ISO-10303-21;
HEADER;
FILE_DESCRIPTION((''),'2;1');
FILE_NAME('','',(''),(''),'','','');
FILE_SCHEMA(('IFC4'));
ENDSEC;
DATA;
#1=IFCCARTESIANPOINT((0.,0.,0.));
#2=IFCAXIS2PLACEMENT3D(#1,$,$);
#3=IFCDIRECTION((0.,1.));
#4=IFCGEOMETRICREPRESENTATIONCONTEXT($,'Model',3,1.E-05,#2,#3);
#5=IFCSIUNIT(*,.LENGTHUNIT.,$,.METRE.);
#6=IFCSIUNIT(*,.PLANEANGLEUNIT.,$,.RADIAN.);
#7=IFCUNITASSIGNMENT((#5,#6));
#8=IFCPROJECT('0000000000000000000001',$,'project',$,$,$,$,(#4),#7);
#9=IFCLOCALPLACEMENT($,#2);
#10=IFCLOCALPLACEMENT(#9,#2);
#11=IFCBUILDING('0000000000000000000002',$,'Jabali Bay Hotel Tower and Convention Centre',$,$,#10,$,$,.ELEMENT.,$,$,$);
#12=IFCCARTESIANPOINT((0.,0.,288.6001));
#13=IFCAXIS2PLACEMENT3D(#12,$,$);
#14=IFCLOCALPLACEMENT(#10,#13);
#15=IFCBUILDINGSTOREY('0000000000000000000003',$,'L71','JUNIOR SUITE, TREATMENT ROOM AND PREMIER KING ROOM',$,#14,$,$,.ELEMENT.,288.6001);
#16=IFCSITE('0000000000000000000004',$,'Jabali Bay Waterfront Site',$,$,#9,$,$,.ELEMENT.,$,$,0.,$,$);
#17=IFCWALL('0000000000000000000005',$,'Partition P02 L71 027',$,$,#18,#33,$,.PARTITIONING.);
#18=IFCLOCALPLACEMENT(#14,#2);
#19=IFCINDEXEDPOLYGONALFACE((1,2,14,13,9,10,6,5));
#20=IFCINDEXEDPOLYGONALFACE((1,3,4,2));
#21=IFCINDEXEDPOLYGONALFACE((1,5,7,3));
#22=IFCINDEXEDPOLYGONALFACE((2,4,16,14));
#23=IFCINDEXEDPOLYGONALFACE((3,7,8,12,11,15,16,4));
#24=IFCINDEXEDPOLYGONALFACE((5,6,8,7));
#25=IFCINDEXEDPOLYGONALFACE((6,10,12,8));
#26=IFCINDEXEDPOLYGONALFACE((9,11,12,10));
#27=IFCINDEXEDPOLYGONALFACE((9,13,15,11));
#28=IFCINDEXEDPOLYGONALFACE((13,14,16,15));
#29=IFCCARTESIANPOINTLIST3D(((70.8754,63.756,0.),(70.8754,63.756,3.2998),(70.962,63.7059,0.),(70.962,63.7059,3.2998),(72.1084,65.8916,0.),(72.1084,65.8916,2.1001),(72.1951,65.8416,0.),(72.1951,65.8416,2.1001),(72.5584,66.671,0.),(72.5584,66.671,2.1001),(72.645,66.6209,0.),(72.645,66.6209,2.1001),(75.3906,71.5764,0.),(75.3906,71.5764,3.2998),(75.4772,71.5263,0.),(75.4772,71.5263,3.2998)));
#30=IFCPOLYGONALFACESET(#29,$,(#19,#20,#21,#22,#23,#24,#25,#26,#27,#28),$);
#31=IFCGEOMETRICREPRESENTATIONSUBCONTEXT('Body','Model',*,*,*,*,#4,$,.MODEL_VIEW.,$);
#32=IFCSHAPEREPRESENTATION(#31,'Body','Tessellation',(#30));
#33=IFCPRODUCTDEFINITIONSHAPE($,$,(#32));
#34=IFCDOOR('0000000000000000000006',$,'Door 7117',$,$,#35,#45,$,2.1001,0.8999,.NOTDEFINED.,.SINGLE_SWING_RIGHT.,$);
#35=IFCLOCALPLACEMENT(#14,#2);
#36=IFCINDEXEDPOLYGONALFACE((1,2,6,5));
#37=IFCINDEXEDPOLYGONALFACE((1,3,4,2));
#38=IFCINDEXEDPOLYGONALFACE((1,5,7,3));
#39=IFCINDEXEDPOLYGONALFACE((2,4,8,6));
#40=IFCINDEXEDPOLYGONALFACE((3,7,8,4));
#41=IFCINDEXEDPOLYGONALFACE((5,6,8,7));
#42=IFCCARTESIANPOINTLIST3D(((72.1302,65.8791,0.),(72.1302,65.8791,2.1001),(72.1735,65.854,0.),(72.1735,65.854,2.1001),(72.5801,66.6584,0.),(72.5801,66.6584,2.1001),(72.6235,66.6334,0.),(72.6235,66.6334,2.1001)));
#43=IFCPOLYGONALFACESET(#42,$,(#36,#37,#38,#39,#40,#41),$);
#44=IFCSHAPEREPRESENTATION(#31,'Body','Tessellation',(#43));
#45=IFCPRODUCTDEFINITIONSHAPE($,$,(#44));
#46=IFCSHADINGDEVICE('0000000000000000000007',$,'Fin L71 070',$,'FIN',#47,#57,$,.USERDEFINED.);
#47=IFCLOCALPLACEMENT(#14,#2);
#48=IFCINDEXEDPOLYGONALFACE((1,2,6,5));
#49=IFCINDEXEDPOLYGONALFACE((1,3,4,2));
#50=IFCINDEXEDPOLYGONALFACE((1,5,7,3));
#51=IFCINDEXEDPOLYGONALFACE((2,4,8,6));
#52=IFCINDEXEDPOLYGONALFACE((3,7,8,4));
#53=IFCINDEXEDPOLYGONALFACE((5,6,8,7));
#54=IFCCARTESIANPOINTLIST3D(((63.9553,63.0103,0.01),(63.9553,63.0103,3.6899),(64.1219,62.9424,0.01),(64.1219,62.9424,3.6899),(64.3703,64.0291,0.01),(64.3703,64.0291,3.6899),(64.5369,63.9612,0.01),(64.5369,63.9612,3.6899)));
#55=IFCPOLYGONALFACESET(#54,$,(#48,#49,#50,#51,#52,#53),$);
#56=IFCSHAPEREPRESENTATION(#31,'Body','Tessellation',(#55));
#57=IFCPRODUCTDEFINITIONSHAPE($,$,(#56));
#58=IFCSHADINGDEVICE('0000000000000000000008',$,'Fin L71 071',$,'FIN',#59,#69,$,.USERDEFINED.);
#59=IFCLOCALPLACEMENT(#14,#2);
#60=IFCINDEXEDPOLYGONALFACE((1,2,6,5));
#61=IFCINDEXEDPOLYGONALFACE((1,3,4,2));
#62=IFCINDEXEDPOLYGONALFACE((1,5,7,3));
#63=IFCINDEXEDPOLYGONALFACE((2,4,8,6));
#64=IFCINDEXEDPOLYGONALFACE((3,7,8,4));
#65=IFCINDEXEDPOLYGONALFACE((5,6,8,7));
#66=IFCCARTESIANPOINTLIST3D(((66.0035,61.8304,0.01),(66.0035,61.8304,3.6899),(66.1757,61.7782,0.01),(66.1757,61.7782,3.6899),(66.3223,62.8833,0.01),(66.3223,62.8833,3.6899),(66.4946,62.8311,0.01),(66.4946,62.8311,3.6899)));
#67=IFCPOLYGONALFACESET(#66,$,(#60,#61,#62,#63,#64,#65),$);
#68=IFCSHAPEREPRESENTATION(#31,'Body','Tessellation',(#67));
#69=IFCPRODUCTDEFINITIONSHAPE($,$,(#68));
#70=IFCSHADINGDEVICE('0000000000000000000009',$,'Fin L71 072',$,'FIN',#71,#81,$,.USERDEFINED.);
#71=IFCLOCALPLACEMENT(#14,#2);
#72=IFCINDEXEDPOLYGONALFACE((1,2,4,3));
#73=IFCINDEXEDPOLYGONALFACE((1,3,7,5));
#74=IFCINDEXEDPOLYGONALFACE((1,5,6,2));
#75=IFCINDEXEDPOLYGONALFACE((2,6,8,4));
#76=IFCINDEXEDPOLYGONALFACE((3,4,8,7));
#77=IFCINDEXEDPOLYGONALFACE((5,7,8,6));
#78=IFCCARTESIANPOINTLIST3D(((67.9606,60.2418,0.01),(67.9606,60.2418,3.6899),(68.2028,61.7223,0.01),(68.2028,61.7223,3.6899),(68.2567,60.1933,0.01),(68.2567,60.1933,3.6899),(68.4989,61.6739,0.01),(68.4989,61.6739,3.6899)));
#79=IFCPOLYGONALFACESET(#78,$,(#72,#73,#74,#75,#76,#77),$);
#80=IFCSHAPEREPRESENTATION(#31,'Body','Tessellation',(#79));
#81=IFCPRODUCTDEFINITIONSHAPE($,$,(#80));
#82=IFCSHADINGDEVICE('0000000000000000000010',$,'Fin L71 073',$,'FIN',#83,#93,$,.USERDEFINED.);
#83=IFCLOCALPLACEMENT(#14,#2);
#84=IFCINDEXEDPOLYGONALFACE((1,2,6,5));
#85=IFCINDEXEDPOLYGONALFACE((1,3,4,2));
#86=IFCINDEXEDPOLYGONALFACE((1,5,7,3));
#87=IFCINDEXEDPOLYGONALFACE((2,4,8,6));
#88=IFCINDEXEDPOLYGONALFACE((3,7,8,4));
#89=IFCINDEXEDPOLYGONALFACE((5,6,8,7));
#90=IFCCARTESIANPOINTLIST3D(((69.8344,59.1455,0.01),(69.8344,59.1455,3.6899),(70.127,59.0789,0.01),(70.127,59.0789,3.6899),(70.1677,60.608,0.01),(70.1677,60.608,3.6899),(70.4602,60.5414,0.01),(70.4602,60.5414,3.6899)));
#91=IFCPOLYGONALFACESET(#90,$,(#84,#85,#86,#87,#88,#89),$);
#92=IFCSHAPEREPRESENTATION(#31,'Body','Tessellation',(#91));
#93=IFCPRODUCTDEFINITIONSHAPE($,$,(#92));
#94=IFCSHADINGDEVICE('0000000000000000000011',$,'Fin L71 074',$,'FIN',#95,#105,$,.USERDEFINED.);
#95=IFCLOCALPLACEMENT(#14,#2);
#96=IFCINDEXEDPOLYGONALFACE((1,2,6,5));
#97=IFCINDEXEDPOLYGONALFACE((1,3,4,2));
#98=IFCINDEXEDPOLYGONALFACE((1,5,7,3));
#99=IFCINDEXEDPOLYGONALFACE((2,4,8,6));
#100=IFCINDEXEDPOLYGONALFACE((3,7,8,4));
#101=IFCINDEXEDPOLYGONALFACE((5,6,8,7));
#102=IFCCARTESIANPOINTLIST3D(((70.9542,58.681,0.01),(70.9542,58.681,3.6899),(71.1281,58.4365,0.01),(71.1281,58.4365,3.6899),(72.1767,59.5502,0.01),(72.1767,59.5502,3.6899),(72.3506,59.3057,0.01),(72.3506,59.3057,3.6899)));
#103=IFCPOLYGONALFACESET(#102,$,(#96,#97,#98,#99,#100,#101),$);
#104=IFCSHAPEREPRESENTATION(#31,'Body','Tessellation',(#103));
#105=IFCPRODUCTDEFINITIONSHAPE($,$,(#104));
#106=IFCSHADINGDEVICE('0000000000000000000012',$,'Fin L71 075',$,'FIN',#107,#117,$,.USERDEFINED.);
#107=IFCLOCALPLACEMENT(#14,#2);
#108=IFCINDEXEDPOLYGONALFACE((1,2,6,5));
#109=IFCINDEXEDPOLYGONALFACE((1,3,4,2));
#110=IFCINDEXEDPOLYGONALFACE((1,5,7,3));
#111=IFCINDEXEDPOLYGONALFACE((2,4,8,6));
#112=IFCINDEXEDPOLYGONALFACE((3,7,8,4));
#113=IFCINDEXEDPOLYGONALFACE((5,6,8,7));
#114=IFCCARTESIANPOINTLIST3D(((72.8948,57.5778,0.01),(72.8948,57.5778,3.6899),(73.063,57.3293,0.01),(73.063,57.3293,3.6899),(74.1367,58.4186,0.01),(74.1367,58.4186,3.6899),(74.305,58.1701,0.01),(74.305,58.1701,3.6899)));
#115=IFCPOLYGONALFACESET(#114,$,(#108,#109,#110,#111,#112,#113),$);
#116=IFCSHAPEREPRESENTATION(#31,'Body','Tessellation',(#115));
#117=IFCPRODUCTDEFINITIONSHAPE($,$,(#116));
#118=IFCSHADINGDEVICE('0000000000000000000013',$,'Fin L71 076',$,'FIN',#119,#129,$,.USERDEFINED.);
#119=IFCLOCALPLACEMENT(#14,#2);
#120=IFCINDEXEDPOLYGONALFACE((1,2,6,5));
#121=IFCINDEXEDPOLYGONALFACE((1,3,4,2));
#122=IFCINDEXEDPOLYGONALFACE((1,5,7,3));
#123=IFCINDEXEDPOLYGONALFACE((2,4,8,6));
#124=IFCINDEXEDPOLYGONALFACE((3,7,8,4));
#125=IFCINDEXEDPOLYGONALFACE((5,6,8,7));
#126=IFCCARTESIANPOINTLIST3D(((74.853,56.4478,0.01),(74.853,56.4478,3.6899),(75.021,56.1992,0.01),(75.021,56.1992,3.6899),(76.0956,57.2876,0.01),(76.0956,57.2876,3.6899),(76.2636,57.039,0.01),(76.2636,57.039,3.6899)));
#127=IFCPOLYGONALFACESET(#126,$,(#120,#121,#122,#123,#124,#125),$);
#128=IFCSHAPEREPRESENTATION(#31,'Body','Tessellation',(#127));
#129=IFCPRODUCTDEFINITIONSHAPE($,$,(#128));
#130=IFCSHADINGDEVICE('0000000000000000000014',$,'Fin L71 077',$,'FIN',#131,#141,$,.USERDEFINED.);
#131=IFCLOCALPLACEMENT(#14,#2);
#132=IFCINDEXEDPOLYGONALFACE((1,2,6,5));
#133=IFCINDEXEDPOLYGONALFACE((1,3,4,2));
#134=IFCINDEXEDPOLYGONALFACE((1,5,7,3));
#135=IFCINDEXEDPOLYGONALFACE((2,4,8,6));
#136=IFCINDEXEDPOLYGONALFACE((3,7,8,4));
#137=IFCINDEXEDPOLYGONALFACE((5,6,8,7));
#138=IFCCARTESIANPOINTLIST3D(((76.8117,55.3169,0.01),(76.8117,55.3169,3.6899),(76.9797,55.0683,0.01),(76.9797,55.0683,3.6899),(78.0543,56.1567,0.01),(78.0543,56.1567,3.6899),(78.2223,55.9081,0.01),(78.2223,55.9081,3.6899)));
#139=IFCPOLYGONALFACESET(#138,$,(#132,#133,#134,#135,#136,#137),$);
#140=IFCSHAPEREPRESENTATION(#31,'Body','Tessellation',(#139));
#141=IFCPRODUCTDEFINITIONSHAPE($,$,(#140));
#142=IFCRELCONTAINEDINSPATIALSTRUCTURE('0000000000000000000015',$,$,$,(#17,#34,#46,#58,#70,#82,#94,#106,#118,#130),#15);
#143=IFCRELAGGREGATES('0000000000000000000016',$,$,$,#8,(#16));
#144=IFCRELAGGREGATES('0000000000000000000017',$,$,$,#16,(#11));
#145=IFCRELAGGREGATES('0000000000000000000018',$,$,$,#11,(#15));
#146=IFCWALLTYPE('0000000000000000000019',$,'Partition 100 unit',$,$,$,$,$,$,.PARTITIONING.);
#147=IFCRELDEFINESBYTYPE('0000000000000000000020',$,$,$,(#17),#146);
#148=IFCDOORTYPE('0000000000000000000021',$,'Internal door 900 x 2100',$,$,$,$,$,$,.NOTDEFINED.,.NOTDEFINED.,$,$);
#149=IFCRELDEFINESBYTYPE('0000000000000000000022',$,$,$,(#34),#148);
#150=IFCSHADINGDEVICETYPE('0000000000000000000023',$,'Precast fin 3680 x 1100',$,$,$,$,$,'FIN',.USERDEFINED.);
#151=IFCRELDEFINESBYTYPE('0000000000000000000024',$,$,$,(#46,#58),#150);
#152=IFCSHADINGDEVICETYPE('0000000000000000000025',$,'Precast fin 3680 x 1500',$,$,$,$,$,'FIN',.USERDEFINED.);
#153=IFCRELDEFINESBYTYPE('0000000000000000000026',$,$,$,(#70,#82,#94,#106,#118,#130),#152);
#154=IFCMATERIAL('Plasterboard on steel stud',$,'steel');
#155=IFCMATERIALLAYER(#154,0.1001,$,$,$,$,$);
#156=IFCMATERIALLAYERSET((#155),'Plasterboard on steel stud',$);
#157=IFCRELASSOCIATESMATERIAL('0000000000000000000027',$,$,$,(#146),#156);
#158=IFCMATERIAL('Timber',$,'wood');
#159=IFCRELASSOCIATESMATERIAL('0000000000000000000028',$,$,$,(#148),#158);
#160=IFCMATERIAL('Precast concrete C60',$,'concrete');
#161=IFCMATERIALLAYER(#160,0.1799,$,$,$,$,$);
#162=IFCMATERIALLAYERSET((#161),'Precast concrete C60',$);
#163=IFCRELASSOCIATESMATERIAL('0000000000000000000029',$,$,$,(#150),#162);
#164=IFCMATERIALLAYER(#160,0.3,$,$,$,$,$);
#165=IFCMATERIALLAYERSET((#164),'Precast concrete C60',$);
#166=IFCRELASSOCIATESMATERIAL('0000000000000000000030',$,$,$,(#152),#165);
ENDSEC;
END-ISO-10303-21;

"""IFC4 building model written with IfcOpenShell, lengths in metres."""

from ifc_helpers import new_model, si_unit, direction, frame, frame_2d, origin, place, context, subcontext, project, spatial, rectangle, extrude, material, layer, layer_set, type_object, element, fill, save


model = new_model("IFC4")

# Units and contexts
model_context = context("Model", 3, precision=1e-05, world=origin(), true_north=direction((0.0, 1.0)))
body_context = subcontext(model_context, "Body", "Model", "MODEL_VIEW")
ifc_project = project(units=[si_unit("LENGTHUNIT", "METRE"), si_unit("PLANEANGLEUNIT", "RADIAN")], contexts=[model_context])

# Site, building, storey
site_placement = place(None, origin())
site = spatial("IfcSite", under=ifc_project, at=site_placement, Name="Jabali Bay Waterfront Site", CompositionType="ELEMENT", RefElevation=0.0)
building_placement = place(site_placement, origin())
building = spatial("IfcBuilding", under=site, at=building_placement, Name="Jabali Bay Hotel Tower and Convention Centre", CompositionType="ELEMENT")
storey_placement = place(building_placement, frame((0.0, 0.0, 288.6001)))
storey = spatial("IfcBuildingStorey", under=building, at=storey_placement, Name="L71", Description="JUNIOR SUITE, TREATMENT ROOM AND PREMIER KING ROOM", CompositionType="ELEMENT", Elevation=288.6001)

# Wall, opening, door
ifc_material_1 = material(Name="Plasterboard on steel stud", Category="steel")
ifc_layer_1 = layer(ifc_material_1, 0.1001)
ifc_layer_set_1 = layer_set([ifc_layer_1], Name="Plasterboard on steel stud")
wall_type_1 = type_object("IfcWallType", Name="Partition 100 unit", PredefinedType="PARTITIONING", material=ifc_layer_set_1)
wall_1_placement = place(storey_placement, frame((70.9187, 63.731, 0.0), z_axis=(0.0, 0.0, 1.0), x_axis=(0.500006, 0.866022, 0.0)))
wall_1 = element("IfcWall", 1, at=wall_1_placement, inside=storey, type_object=wall_type_1, Name="Partition P02 L71 027", PredefinedType="PARTITIONING", context=body_context, shape_type="SweptSolid", body=[
    extrude(rectangle(XDim=9.0303, YDim=0.1001, at=frame_2d((4.5151, 0.0))), origin(), (0.0, 0.0, 1.0), 3.2998),
])
opening_1_placement = place(wall_1_placement, frame((2.4661, 0.0, 0.0)))
opening_1 = element("IfcOpeningElement", 2, at=opening_1_placement, cuts=wall_1, PredefinedType="OPENING", context=body_context, shape_type="SweptSolid", body=[
    extrude(rectangle(XDim=0.8999, YDim=2.1001, at=frame_2d((0.45, 1.05))), frame((0.0, 0.0605, 0.0), z_axis=(0.0, -1.0, 0.0), x_axis=(1.0, 0.0, 0.0)), (0.0, 0.0, 1.0), 0.1211),
])
ifc_material_2 = material(Name="Timber", Category="wood")
door_type_1 = type_object("IfcDoorType", Name="Internal door 900 x 2100", OperationType="NOTDEFINED", PredefinedType="NOTDEFINED", material=ifc_material_2)
door_1_placement = place(opening_1_placement, origin())
door_1 = element("IfcDoor", 3, at=door_1_placement, inside=storey, type_object=door_type_1, Name="Door 7117", OperationType="SINGLE_SWING_RIGHT", OverallHeight=2.1001, OverallWidth=0.8999, PredefinedType="NOTDEFINED", context=body_context, shape_type="SweptSolid", body=[
    extrude(rectangle(XDim=0.8999, YDim=2.1001, at=frame_2d((0.45, 1.05))), frame((0.0, 0.0249, 0.0), z_axis=(0.0, -1.0, 0.0), x_axis=(1.0, 0.0, 0.0)), (0.0, 0.0, 1.0), 0.05),
])
fill(opening_1, door_1)

# Shading devices
ifc_material_3 = material(Name="Precast concrete C60", Category="concrete")
ifc_layer_2 = layer(ifc_material_3, 0.1799)
ifc_layer_set_2 = layer_set([ifc_layer_2], Name="Precast concrete C60")
shading_device_type_1 = type_object("IfcShadingDeviceType", Name="Precast fin 3680 x 1100", ElementType="FIN", PredefinedType="USERDEFINED", material=ifc_layer_set_2)
for number, where, z_axis, x_axis, name in (
    (4, (64.4536, 63.9951, 0.01), (0.0, 0.0, 1.0), (-0.377276, -0.926101, 0.0), "Fin L71 070"),
    (5, (66.4084, 62.8572, 0.01), (0.0, 0.0, 1.0), (-0.28981, -0.957084, 0.0), "Fin L71 071"),
):
    element("IfcShadingDevice", number, at=place(storey_placement, frame(where, z_axis=z_axis, x_axis=x_axis)), inside=storey, type_object=shading_device_type_1, Name=name, ObjectType="FIN", PredefinedType="USERDEFINED", context=body_context, shape_type="SweptSolid", body=[
        extrude(rectangle(XDim=1.1001, YDim=0.1799, at=frame_2d((0.55, 0.0))), origin(), (0.0, 0.0, 1.0), 3.6799),
    ])
ifc_layer_3 = layer(ifc_material_3, 0.3)
ifc_layer_set_3 = layer_set([ifc_layer_3], Name="Precast concrete C60")
shading_device_type_2 = type_object("IfcShadingDeviceType", Name="Precast fin 3680 x 1500", ElementType="FIN", PredefinedType="USERDEFINED", material=ifc_layer_set_3)
shading_device_placement = place(storey_placement, frame((68.3508, 61.698, 0.01), z_axis=(0.0, 0.0, 1.0), x_axis=(-0.161442, -0.986882, 0.0)))
element("IfcShadingDevice", 6, at=shading_device_placement, inside=storey, type_object=shading_device_type_2, Name="Fin L71 072", ObjectType="FIN", PredefinedType="USERDEFINED", context=body_context, shape_type="SweptSolid", body=[
    extrude(rectangle(XDim=1.5002, YDim=0.3, at=frame_2d((0.75, 0.0))), origin(), (0.0, 0.0, 1.0), 3.6799),
])
for number, where, z_axis, x_axis, name in (
    (7, (70.314, 60.5747, 0.01), (0.0, 0.0, 1.0), (-0.222184, -0.975005, 0.0), "Fin L71 073"),
    (8, (72.2637, 59.428, 0.01), (0.0, 0.0, 1.0), (-0.814996, -0.579466, 0.0), "Fin L71 074"),
):
    element("IfcShadingDevice", number, at=place(storey_placement, frame(where, z_axis=z_axis, x_axis=x_axis)), inside=storey, type_object=shading_device_type_2, Name=name, ObjectType="FIN", PredefinedType="USERDEFINED", context=body_context, shape_type="SweptSolid", body=[
        extrude(rectangle(XDim=1.5, YDim=0.3, at=frame_2d((0.75, 0.0))), origin(), (0.0, 0.0, 1.0), 3.6799),
    ])
for number, where, z_axis, x_axis, name in (
    (9, (74.2209, 58.2944, 0.01), (0.0, 0.0, 1.0), (-0.828072, -0.560621, 0.0), "Fin L71 075"),
    (10, (76.1797, 57.1633, 0.01), (0.0, 0.0, 1.0), (-0.828528, -0.559948, 0.0), "Fin L71 076"),
    (11, (78.1384, 56.0325, 0.01), (0.0, 0.0, 1.0), (-0.828528, -0.559948, 0.0), "Fin L71 077"),
):
    element("IfcShadingDevice", number, at=place(storey_placement, frame(where, z_axis=z_axis, x_axis=x_axis)), inside=storey, type_object=shading_device_type_2, Name=name, ObjectType="FIN", PredefinedType="USERDEFINED", context=body_context, shape_type="SweptSolid", body=[
        extrude(rectangle(XDim=1.4998, YDim=0.3, at=frame_2d((0.75, 0.0))), origin(), (0.0, 0.0, 1.0), 3.6799),
    ])

save(model, "model.ifc")
